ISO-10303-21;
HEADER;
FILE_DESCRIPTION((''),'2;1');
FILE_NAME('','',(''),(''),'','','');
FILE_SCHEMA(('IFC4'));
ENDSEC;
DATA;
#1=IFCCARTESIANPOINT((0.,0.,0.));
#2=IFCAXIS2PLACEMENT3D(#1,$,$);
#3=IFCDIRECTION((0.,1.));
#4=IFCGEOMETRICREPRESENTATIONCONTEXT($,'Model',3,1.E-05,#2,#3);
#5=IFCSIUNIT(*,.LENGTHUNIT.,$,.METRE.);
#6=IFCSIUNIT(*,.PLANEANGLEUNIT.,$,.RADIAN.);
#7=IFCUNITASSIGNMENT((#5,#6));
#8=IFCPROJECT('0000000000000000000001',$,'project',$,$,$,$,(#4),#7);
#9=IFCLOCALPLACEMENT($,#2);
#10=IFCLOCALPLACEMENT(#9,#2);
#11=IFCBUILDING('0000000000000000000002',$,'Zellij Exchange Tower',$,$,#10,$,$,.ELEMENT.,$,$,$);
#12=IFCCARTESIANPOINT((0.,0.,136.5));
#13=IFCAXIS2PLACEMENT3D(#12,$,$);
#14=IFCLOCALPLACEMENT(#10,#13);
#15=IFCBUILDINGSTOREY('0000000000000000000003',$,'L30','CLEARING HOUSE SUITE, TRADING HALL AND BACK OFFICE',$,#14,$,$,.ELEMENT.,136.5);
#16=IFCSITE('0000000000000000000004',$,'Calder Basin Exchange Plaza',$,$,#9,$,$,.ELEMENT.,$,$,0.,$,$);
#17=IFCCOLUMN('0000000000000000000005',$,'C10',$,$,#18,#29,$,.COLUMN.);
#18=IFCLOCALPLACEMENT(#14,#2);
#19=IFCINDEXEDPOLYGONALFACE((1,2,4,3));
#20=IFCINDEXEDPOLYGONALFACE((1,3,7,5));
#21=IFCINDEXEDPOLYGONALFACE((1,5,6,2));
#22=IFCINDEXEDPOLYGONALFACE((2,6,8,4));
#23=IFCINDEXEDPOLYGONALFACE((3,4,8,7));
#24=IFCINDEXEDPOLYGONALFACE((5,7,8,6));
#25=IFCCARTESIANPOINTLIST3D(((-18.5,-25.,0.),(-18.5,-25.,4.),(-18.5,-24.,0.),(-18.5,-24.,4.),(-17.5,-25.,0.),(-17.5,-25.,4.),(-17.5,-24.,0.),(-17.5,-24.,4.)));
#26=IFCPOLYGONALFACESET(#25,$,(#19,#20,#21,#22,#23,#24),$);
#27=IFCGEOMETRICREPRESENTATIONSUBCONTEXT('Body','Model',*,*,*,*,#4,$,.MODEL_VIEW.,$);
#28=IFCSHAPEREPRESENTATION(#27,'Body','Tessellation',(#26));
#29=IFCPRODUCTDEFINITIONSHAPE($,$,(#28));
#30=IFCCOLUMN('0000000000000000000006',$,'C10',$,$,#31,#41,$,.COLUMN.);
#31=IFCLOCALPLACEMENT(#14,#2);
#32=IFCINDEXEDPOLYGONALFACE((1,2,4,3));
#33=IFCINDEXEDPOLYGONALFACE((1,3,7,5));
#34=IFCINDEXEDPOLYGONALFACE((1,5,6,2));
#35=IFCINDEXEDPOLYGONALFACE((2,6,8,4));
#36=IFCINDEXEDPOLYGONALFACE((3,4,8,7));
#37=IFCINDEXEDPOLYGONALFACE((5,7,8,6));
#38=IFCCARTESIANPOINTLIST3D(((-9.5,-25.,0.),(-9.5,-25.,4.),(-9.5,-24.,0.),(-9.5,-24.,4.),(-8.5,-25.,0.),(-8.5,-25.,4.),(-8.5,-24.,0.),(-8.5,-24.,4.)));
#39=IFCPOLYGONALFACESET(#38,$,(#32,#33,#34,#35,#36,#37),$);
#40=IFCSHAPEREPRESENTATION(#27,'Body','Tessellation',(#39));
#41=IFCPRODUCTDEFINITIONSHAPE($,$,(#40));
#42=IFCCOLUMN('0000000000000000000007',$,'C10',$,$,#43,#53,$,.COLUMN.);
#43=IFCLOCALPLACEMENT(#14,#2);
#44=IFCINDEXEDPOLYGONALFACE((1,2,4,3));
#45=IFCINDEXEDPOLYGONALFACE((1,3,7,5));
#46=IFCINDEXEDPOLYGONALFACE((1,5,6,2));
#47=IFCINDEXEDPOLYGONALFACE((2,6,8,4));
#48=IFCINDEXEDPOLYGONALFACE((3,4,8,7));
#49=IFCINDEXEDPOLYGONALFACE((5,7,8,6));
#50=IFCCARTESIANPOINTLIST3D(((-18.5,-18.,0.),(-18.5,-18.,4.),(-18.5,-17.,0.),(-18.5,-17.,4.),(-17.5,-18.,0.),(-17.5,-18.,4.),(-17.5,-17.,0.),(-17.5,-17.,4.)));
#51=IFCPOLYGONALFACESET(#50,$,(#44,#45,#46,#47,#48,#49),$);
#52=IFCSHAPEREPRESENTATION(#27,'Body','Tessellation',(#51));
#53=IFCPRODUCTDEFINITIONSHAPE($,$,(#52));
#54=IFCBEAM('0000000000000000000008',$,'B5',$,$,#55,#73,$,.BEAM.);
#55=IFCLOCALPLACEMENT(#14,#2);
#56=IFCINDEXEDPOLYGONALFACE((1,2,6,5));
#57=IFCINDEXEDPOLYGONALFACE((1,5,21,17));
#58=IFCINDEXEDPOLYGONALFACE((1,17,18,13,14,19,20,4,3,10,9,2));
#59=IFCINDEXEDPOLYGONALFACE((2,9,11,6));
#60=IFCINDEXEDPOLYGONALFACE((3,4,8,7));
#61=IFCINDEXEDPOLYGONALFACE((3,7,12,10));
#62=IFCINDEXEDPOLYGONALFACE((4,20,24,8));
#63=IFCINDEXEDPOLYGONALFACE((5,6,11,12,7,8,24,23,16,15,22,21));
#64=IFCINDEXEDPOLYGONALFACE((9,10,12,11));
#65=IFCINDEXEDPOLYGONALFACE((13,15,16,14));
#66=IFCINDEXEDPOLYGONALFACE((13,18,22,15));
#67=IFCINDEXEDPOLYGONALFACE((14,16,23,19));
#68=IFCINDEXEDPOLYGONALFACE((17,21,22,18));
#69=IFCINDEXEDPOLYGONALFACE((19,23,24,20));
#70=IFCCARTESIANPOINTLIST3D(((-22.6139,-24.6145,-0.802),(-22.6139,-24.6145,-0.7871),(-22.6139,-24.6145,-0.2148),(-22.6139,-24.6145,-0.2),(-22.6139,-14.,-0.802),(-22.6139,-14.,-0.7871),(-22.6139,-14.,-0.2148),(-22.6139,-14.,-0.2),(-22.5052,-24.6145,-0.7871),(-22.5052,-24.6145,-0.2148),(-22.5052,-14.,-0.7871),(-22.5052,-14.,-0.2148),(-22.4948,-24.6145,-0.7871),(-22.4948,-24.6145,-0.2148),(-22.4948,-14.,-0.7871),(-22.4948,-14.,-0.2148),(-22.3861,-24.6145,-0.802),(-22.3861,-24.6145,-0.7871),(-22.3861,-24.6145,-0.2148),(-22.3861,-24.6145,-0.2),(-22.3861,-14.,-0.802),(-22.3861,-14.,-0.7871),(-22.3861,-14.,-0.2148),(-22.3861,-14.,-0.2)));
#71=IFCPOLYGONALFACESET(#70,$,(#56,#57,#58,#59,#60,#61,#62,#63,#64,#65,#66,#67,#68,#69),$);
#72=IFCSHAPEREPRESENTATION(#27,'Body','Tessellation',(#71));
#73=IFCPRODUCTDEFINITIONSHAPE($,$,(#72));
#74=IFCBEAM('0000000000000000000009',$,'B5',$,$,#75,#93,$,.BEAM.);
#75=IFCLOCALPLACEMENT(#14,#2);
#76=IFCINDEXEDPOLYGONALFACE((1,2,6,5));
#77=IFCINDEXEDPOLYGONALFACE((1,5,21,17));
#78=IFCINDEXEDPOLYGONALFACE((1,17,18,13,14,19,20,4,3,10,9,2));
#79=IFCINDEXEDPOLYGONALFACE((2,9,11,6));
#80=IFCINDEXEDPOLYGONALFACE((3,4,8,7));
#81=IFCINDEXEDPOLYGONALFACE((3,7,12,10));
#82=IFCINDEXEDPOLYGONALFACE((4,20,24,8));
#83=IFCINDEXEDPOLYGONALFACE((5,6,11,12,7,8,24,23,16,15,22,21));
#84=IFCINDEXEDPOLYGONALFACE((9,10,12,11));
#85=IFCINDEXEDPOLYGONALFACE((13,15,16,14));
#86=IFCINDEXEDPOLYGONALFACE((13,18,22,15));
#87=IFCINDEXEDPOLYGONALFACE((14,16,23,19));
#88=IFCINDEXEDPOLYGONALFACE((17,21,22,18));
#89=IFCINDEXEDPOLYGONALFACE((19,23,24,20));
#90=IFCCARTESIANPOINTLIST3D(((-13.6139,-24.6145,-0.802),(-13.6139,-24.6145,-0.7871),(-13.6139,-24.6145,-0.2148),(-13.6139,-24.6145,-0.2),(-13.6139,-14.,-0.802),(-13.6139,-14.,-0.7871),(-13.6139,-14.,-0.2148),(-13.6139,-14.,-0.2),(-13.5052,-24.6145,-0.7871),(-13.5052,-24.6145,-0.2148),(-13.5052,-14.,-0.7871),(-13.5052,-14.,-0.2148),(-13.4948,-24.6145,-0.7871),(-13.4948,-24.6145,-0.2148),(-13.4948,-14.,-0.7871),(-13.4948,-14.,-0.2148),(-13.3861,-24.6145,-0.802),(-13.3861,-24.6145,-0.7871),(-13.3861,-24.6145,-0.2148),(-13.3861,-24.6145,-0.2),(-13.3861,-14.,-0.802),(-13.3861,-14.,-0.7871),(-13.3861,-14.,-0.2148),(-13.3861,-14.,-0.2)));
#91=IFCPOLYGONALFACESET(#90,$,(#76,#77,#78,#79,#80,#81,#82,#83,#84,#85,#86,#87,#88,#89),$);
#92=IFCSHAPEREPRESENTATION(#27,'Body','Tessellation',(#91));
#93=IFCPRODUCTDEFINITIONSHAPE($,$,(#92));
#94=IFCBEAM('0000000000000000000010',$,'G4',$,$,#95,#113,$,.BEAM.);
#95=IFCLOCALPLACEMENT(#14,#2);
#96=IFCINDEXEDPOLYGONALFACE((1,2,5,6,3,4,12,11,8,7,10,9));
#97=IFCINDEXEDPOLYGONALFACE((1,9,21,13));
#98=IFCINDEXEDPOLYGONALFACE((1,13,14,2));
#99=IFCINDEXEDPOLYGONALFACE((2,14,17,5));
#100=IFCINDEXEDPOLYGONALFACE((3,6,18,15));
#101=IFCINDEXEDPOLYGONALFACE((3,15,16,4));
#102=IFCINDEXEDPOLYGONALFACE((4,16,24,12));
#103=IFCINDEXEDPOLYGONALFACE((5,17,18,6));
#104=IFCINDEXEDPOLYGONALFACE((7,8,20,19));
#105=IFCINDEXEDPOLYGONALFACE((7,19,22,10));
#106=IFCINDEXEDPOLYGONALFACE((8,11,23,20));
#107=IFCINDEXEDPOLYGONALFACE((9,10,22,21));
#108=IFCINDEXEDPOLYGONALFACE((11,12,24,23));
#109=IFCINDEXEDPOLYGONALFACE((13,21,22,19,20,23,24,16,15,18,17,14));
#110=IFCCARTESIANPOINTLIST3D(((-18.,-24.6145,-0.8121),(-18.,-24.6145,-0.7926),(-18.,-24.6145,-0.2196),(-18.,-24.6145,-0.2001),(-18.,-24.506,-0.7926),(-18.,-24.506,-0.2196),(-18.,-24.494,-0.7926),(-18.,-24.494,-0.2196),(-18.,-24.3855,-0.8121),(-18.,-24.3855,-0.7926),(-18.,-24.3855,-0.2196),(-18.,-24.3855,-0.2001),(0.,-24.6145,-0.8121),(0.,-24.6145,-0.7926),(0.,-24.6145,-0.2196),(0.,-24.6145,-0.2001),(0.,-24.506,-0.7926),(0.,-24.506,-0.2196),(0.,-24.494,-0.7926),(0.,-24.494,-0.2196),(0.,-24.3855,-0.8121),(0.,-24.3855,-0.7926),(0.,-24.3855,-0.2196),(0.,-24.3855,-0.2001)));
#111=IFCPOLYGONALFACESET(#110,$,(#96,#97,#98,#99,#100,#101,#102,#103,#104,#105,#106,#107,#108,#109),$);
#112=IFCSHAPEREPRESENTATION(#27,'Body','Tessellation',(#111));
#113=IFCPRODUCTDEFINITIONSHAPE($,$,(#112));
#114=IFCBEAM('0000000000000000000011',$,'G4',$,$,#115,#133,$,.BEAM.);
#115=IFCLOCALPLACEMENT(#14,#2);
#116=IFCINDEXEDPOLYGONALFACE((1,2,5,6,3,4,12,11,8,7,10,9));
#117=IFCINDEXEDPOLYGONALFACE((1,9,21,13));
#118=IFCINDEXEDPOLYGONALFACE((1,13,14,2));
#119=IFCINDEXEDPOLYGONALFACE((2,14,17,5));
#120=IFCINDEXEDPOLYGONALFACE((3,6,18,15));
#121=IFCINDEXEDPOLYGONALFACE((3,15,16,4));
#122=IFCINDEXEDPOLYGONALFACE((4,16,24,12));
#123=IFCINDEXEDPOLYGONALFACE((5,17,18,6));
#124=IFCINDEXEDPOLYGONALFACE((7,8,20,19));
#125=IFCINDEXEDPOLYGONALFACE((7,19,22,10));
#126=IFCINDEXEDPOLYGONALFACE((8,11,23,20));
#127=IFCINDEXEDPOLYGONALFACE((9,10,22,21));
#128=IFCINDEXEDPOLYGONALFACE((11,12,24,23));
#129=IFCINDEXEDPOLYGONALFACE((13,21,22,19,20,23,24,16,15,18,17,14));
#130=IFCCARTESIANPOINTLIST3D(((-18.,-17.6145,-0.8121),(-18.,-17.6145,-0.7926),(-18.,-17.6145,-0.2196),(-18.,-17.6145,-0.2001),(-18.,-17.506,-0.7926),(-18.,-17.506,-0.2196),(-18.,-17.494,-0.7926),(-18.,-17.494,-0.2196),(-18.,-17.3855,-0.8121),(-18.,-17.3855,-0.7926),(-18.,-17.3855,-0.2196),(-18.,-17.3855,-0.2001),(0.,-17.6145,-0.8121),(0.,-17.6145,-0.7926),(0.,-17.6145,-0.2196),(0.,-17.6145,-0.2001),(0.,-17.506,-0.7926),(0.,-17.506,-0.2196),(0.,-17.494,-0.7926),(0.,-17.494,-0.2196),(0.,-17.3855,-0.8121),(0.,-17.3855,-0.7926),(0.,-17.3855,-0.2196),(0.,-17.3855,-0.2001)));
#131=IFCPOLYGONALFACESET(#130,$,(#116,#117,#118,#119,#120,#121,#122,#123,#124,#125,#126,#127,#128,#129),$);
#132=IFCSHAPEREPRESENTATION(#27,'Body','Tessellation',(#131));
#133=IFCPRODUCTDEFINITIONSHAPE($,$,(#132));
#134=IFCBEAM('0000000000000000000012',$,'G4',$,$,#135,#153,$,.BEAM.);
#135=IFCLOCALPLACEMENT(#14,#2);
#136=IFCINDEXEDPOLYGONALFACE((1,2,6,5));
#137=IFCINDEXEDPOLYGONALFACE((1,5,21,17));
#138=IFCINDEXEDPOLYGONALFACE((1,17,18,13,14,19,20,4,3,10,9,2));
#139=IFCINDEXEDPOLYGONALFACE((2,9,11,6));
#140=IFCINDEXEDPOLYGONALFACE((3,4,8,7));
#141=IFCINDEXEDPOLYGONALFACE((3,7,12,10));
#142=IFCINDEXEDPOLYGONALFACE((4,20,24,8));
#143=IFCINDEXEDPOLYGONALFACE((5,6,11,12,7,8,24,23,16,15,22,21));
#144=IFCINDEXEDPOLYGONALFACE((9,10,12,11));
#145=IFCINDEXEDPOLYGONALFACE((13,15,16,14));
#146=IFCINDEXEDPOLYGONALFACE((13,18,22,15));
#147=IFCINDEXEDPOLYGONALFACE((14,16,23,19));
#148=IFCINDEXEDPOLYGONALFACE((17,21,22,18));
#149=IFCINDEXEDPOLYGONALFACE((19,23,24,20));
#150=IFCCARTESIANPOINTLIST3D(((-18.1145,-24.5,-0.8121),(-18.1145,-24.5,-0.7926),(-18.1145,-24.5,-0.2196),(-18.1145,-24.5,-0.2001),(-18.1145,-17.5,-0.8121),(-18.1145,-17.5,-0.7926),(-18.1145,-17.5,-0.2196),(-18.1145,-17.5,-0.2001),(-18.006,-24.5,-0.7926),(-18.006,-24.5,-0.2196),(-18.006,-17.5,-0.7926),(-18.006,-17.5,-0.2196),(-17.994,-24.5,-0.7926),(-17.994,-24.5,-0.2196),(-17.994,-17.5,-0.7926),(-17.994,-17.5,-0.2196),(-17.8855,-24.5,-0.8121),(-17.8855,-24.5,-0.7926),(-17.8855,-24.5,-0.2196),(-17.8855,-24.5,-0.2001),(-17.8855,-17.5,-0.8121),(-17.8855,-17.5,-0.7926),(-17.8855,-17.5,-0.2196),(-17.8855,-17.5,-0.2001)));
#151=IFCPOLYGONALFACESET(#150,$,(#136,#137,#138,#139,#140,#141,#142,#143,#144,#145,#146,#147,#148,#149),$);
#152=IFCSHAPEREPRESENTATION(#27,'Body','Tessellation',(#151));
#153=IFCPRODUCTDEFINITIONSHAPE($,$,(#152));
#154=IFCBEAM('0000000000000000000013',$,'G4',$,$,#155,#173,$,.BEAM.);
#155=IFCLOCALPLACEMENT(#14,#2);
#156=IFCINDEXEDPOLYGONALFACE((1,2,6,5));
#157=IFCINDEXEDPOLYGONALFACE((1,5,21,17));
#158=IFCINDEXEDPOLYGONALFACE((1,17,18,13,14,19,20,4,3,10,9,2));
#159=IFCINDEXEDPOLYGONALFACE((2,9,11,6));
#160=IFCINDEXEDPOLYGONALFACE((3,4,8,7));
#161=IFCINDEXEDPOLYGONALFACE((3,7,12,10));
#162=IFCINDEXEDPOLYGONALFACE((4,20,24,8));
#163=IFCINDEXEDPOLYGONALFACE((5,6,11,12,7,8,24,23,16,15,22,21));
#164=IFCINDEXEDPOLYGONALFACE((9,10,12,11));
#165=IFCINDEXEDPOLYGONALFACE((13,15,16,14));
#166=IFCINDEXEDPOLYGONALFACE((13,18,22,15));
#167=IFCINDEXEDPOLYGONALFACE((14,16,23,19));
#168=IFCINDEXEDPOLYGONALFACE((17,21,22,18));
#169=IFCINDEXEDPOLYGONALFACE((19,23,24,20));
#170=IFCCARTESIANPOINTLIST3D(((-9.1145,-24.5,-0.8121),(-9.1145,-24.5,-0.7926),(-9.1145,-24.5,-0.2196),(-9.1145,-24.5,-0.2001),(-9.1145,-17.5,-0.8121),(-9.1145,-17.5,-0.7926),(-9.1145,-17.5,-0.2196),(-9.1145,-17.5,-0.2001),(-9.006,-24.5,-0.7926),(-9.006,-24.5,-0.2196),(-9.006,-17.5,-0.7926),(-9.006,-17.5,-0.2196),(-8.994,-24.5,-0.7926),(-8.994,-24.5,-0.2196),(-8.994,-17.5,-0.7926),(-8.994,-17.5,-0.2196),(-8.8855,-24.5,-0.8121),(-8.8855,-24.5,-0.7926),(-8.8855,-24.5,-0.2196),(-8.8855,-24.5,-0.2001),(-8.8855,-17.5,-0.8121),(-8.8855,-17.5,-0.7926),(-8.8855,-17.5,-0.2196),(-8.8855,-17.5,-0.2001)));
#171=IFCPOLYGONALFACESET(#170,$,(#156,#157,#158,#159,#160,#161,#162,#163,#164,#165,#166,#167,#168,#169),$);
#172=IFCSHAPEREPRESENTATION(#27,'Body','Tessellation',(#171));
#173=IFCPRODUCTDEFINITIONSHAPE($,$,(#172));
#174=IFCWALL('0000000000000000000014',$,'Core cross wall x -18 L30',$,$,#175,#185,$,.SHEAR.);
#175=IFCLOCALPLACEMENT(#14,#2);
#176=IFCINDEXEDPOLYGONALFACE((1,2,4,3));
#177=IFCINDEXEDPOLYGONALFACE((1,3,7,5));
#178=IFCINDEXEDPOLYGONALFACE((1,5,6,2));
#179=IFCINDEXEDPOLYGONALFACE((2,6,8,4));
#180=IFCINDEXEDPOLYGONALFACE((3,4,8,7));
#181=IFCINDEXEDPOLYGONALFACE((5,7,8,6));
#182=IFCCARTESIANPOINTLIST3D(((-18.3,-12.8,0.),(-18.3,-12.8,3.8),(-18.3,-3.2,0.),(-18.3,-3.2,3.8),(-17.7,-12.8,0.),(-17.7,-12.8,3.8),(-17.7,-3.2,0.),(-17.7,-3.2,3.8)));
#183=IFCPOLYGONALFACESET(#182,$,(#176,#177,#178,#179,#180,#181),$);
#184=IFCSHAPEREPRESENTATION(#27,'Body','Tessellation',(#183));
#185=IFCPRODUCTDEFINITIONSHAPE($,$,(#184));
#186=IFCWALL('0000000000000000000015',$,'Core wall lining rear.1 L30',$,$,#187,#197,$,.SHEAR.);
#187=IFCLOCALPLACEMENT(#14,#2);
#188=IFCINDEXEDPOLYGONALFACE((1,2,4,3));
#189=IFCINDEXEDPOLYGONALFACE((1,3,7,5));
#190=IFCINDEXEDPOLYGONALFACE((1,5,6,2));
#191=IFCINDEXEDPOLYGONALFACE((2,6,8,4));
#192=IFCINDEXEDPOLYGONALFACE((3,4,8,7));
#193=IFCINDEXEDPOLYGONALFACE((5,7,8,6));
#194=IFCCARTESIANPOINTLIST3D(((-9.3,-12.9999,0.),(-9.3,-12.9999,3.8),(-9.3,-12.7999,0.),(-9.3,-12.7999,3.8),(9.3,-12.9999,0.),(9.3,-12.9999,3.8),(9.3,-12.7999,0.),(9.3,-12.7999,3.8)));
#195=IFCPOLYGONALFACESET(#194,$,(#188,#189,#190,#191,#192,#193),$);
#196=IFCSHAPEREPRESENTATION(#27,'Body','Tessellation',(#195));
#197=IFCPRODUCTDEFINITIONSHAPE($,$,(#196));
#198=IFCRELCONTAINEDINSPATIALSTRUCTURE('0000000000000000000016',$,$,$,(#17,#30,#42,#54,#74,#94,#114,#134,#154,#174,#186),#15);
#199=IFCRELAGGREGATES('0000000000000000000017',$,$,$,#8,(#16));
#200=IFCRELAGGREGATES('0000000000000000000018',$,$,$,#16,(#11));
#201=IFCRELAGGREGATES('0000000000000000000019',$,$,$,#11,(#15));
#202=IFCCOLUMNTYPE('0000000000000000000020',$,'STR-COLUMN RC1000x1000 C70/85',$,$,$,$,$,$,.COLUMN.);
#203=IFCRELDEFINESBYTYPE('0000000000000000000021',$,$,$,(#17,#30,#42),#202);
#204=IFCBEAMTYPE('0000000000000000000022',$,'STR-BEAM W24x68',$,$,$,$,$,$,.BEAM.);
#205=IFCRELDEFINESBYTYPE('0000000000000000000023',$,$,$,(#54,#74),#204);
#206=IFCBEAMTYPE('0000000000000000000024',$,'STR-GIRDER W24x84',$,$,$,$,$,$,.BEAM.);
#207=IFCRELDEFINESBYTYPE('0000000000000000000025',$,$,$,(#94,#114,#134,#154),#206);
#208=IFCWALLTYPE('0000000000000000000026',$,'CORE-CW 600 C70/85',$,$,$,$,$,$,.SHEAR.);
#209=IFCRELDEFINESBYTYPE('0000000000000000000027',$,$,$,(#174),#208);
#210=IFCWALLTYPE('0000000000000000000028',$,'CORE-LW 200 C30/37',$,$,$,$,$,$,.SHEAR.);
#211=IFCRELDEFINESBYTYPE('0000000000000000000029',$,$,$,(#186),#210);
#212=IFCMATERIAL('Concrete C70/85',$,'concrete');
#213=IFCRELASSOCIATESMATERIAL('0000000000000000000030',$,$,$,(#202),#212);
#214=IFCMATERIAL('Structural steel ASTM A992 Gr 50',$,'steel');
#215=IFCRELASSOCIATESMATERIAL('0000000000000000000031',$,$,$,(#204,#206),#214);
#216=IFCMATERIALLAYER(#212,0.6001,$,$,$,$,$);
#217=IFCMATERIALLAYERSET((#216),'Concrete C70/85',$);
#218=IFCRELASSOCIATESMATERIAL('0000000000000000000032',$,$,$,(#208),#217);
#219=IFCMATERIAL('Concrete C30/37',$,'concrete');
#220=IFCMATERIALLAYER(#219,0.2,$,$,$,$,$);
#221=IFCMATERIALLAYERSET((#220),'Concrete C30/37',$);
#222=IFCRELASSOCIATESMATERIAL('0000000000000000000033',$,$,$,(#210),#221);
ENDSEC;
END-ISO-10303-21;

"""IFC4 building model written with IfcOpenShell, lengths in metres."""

from ifc_helpers import new_model, si_unit, direction, frame, frame_2d, origin, origin_2d, place, context, subcontext, project, spatial, rectangle, i_section, extrude, material, layer, layer_set, material_profile, profile_set, type_object, element, save


model = new_model("IFC4")

# Units and contexts
model_context = context("Model", 3, precision=1e-05, world=origin(), true_north=direction((0.0, 1.0)))
body_context = subcontext(model_context, "Body", "Model", "MODEL_VIEW")
ifc_project = project(units=[si_unit("LENGTHUNIT", "METRE"), si_unit("PLANEANGLEUNIT", "RADIAN")], contexts=[model_context])

# Site, building, storey
site_placement = place(None, origin())
site = spatial("IfcSite", under=ifc_project, at=site_placement, Name="Calder Basin Exchange Plaza", CompositionType="ELEMENT", RefElevation=0.0)
building_placement = place(site_placement, origin())
building = spatial("IfcBuilding", under=site, at=building_placement, Name="Zellij Exchange Tower", CompositionType="ELEMENT")
storey_placement = place(building_placement, frame((0.0, 0.0, 136.5)))
storey = spatial("IfcBuildingStorey", under=building, at=storey_placement, Name="L30", Description="CLEARING HOUSE SUITE, TRADING HALL AND BACK OFFICE", CompositionType="ELEMENT", Elevation=136.5)

# Columns
ifc_material_1 = material(Name="Concrete C70/85", Category="concrete")
ifc_material_profile_1 = material_profile(ifc_material_1, rectangle(XDim=1.0, YDim=1.0, at=origin_2d()), Name="STR-COLUMN RC1000x1000 C70/85")
ifc_profile_set_1 = profile_set([ifc_material_profile_1], Name="Concrete C70/85")
column_type = type_object("IfcColumnType", Name="STR-COLUMN RC1000x1000 C70/85", PredefinedType="COLUMN", material=ifc_profile_set_1)
for number, where, z_axis, x_axis, name in (
    (1, (-18.0, -24.5, 0.0), (0.0, 0.0, 1.0), (1.0, 0.0, 0.0), "C10"),
    (2, (-9.0, -24.5, 0.0), (0.0, 0.0, 1.0), (1.0, 0.0, 0.0), "C10"),
    (3, (-18.0, -17.5, 0.0), (0.0, 0.0, 1.0), (1.0, 0.0, 0.0), "C10"),
):
    element("IfcColumn", number, at=place(storey_placement, frame(where, z_axis=z_axis, x_axis=x_axis)), inside=storey, type_object=column_type, Name=name, PredefinedType="COLUMN", context=body_context, shape_type="SweptSolid", body=[
        extrude(rectangle(XDim=1.0, YDim=1.0, at=origin_2d()), origin(), (0.0, 0.0, 1.0), 4.0),
    ])

# Beams
ifc_material_2 = material(Name="Structural steel ASTM A992 Gr 50", Category="steel")
ifc_material_profile_2 = material_profile(ifc_material_2, i_section(OverallWidth=0.2278, OverallDepth=0.6021, WebThickness=0.0105, FlangeThickness=0.0149, at=origin_2d()), Name="W24x68")
ifc_profile_set_2 = profile_set([ifc_material_profile_2], Name="Structural steel ASTM A992 Gr 50")
beam_type_1 = type_object("IfcBeamType", Name="STR-BEAM W24x68", PredefinedType="BEAM", material=ifc_profile_set_2)
for number, where, z_axis, x_axis, name in (
    (4, (-22.5, -24.6145, -0.501), (0.0, 1.0, 0.0), (-1.0, 0.0, 0.0), "B5"),
    (5, (-13.5, -24.6145, -0.501), (0.0, 1.0, 0.0), (-1.0, 0.0, 0.0), "B5"),
):
    element("IfcBeam", number, at=place(storey_placement, frame(where, z_axis=z_axis, x_axis=x_axis)), inside=storey, type_object=beam_type_1, Name=name, PredefinedType="BEAM", context=body_context, shape_type="SweptSolid", body=[
        extrude(i_section(OverallWidth=0.2278, OverallDepth=0.6021, WebThickness=0.0105, FlangeThickness=0.0149, at=origin_2d()), origin(), (0.0, 0.0, 1.0), 10.6145),
    ])
ifc_material_profile_3 = material_profile(ifc_material_2, i_section(OverallWidth=0.229, OverallDepth=0.6121, WebThickness=0.012, FlangeThickness=0.0195, at=origin_2d()), Name="W24x84")
ifc_profile_set_3 = profile_set([ifc_material_profile_3], Name="Structural steel ASTM A992 Gr 50")
beam_type_2 = type_object("IfcBeamType", Name="STR-GIRDER W24x84", PredefinedType="BEAM", material=ifc_profile_set_3)
for number, where, z_axis, x_axis, name in (
    (6, (-18.0, -24.5, -0.5061), (1.0, 0.0, 0.0), (0.0, 1.0, 0.0), "G4"),
    (7, (-18.0, -17.5, -0.5061), (1.0, 0.0, 0.0), (0.0, 1.0, 0.0), "G4"),
):
    element("IfcBeam", number, at=place(storey_placement, frame(where, z_axis=z_axis, x_axis=x_axis)), inside=storey, type_object=beam_type_2, Name=name, PredefinedType="BEAM", context=body_context, shape_type="SweptSolid", body=[
        extrude(i_section(OverallWidth=0.229, OverallDepth=0.6121, WebThickness=0.012, FlangeThickness=0.0195, at=origin_2d()), origin(), (0.0, 0.0, 1.0), 18.0),
    ])
for number, where, z_axis, x_axis, name in (
    (8, (-18.0, -24.5, -0.5061), (0.0, 1.0, 0.0), (-1.0, 0.0, 0.0), "G4"),
    (9, (-9.0, -24.5, -0.5061), (0.0, 1.0, 0.0), (-1.0, 0.0, 0.0), "G4"),
):
    element("IfcBeam", number, at=place(storey_placement, frame(where, z_axis=z_axis, x_axis=x_axis)), inside=storey, type_object=beam_type_2, Name=name, PredefinedType="BEAM", context=body_context, shape_type="SweptSolid", body=[
        extrude(i_section(OverallWidth=0.229, OverallDepth=0.6121, WebThickness=0.012, FlangeThickness=0.0195, at=origin_2d()), origin(), (0.0, 0.0, 1.0), 7.0),
    ])

# Walls
ifc_layer_1 = layer(ifc_material_1, 0.6001)
ifc_layer_set_1 = layer_set([ifc_layer_1], Name="Concrete C70/85")
wall_type_1 = type_object("IfcWallType", Name="CORE-CW 600 C70/85", PredefinedType="SHEAR", material=ifc_layer_set_1)
wall_1_placement = place(storey_placement, frame((-18.0, -12.8, 0.0), z_axis=(0.0, 0.0, 1.0), x_axis=(0.0, 1.0, 0.0)))
element("IfcWall", 10, at=wall_1_placement, inside=storey, type_object=wall_type_1, Name="Core cross wall x -18 L30", PredefinedType="SHEAR", context=body_context, shape_type="SweptSolid", body=[
    extrude(rectangle(XDim=9.6001, YDim=0.6001, at=frame_2d((4.8, 0.0))), origin(), (0.0, 0.0, 1.0), 3.8),
])
ifc_material_3 = material(Name="Concrete C30/37", Category="concrete")
ifc_layer_2 = layer(ifc_material_3, 0.2)
ifc_layer_set_2 = layer_set([ifc_layer_2], Name="Concrete C30/37")
wall_type_2 = type_object("IfcWallType", Name="CORE-LW 200 C30/37", PredefinedType="SHEAR", material=ifc_layer_set_2)
wall_2_placement = place(storey_placement, frame((-9.3, -12.8999, 0.0), z_axis=(0.0, 0.0, 1.0), x_axis=(1.0, 0.0, 0.0)))
element("IfcWall", 11, at=wall_2_placement, inside=storey, type_object=wall_type_2, Name="Core wall lining rear.1 L30", PredefinedType="SHEAR", context=body_context, shape_type="SweptSolid", body=[
    extrude(rectangle(XDim=18.6001, YDim=0.2, at=frame_2d((9.3, 0.0))), origin(), (0.0, 0.0, 1.0), 3.8),
])

save(model, "model.ifc")
